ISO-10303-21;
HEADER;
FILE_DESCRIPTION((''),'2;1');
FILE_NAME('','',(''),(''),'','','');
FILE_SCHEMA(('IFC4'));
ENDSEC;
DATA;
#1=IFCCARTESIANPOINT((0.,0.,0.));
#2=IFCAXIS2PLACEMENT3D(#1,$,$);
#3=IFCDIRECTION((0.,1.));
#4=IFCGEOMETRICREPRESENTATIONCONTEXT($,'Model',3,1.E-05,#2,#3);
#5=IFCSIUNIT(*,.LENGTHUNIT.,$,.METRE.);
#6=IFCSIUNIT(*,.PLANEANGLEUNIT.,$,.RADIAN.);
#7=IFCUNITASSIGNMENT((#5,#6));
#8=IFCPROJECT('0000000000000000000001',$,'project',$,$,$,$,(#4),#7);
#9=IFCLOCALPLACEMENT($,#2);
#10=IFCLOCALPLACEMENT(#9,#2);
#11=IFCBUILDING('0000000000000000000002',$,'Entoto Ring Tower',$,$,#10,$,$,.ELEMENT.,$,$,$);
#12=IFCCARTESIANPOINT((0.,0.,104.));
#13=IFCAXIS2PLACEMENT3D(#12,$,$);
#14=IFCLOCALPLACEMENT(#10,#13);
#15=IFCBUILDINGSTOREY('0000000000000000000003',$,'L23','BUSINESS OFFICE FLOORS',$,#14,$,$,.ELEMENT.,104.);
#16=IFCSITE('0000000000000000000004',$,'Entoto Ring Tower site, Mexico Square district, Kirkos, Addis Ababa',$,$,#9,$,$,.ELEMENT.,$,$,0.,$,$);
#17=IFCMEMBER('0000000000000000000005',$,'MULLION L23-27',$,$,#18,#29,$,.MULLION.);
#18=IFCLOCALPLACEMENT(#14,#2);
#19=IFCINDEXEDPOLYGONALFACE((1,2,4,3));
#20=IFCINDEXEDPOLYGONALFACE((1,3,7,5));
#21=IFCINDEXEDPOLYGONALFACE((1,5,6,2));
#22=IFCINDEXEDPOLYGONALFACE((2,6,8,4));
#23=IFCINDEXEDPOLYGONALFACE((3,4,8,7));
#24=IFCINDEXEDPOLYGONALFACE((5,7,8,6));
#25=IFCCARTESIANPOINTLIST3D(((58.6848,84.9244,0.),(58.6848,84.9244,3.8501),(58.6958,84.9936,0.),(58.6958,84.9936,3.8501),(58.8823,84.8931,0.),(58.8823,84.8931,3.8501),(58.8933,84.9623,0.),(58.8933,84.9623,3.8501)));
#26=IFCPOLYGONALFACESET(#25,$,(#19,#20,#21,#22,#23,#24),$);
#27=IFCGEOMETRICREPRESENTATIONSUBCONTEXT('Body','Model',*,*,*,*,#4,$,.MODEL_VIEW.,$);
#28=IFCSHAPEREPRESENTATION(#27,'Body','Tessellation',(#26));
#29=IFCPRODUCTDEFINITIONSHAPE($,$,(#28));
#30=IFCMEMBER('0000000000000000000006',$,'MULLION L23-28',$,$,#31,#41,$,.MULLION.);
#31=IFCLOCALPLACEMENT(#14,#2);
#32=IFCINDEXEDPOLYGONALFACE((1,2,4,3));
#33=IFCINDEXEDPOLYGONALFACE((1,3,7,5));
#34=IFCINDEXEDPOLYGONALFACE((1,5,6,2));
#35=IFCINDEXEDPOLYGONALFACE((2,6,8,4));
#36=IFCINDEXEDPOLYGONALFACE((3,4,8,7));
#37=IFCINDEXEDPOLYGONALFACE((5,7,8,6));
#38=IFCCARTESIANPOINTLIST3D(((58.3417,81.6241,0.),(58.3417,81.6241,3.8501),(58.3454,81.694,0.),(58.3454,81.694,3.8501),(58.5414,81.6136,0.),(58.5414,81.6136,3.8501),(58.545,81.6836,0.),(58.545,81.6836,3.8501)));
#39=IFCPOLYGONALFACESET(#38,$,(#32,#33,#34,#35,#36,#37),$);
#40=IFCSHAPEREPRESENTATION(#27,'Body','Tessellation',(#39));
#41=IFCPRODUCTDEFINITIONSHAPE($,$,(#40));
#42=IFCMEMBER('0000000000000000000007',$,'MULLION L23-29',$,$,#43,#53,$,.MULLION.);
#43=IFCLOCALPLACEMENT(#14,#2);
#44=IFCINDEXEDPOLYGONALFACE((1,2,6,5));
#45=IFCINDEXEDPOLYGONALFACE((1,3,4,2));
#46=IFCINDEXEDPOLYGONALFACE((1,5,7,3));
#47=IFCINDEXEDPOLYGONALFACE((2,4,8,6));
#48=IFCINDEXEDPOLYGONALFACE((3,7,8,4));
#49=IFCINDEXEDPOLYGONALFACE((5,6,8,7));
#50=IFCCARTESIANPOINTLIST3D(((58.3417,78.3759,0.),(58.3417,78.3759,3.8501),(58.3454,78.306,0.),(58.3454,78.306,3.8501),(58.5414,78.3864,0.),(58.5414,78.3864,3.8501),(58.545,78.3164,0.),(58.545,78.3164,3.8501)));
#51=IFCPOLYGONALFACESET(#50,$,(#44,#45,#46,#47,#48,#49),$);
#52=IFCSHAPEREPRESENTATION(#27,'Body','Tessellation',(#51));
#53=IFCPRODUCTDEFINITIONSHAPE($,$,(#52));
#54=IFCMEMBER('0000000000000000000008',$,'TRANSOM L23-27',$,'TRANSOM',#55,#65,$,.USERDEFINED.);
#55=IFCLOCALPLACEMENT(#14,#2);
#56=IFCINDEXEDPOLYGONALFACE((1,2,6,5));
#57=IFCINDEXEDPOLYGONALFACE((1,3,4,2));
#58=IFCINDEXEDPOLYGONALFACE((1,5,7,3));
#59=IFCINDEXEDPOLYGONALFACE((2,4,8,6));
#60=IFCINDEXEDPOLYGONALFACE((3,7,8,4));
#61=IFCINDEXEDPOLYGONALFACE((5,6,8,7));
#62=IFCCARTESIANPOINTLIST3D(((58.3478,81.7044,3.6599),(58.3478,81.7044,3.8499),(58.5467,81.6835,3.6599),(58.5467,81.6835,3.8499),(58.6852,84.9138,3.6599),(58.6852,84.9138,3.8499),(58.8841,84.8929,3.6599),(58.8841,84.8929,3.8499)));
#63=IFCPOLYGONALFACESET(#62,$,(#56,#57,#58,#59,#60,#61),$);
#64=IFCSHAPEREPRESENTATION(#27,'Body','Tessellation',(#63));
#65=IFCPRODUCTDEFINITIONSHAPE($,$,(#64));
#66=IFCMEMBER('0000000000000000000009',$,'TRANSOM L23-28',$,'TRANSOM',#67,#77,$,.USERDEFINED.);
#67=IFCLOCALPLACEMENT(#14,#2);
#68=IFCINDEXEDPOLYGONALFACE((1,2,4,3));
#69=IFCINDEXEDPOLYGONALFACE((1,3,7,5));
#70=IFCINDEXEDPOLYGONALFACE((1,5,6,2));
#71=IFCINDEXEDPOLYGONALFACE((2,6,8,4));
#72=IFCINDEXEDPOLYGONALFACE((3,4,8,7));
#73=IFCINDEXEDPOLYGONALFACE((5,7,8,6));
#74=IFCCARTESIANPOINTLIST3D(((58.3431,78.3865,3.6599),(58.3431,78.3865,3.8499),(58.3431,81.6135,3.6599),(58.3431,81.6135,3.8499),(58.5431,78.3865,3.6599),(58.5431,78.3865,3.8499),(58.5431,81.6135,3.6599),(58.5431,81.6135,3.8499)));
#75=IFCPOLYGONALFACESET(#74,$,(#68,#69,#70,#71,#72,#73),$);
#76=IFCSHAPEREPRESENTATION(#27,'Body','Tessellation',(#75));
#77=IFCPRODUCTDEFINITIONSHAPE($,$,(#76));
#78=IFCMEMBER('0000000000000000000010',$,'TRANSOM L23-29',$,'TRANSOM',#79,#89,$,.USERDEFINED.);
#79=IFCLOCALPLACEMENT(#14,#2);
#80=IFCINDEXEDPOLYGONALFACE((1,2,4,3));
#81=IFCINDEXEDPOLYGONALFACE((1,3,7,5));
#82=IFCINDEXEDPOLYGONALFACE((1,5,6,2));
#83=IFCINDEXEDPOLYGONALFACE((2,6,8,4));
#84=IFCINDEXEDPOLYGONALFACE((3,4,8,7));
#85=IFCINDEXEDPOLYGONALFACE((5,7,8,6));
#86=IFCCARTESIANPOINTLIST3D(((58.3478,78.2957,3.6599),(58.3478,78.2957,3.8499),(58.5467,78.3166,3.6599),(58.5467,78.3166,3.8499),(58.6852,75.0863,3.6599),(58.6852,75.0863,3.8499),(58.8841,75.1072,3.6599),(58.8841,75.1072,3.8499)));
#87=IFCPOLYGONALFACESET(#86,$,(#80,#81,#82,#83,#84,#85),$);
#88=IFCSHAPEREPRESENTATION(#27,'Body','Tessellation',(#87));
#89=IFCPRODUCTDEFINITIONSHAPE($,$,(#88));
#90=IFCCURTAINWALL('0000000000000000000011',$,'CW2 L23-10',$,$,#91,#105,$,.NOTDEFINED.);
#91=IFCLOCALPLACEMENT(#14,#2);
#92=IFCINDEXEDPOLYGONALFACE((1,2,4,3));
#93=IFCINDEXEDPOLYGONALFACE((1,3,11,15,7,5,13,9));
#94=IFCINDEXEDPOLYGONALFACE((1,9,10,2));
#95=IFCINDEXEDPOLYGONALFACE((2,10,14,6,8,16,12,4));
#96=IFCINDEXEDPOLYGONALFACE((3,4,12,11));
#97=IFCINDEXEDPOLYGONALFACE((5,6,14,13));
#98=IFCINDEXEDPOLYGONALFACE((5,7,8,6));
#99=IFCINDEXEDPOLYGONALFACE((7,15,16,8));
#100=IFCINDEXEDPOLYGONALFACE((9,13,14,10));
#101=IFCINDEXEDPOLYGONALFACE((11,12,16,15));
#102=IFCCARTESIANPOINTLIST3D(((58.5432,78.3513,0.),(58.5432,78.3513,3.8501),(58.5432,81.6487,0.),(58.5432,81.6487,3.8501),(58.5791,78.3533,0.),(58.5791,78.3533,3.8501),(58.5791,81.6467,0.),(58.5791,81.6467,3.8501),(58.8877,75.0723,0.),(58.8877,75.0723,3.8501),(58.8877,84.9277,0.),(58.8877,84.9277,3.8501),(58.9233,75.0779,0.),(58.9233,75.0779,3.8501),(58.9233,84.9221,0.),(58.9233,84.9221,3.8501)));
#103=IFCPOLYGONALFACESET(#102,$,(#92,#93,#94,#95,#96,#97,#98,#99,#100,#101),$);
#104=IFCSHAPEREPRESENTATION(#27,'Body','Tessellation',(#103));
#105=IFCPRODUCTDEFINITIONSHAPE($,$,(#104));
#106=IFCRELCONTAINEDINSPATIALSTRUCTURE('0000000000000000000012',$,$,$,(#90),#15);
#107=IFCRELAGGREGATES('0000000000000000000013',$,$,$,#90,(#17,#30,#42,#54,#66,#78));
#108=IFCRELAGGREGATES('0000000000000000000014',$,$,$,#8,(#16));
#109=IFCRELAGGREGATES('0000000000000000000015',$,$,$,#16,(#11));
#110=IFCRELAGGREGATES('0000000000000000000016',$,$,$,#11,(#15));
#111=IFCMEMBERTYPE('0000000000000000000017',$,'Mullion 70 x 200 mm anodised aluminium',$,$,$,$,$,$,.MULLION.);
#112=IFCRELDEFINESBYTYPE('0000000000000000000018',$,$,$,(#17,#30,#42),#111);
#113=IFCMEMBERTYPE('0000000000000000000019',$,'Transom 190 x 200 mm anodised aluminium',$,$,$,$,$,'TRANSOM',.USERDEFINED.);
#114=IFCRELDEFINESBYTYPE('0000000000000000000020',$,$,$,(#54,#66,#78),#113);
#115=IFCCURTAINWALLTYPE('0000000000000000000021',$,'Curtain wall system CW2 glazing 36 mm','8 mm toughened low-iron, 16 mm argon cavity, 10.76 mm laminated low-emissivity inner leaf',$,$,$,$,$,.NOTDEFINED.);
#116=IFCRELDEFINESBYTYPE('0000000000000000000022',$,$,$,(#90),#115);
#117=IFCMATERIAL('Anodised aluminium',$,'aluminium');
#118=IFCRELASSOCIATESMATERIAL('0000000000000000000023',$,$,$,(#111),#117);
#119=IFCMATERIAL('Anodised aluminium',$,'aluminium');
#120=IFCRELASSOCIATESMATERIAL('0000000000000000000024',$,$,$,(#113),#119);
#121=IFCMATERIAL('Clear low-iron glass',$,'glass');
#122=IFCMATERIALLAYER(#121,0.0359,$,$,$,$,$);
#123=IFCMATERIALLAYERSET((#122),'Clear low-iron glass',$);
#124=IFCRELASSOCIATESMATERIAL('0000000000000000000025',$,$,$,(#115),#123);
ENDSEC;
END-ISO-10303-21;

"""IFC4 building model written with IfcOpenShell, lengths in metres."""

from ifc_helpers import new_model, si_unit, direction, frame, origin, origin_2d, place, context, subcontext, project, spatial, polyline, rectangle, outline, extrude, material, layer, layer_set, material_profile, profile_set, type_object, element, aggregate, save


model = new_model("IFC4")

# Units and contexts
model_context = context("Model", 3, precision=1e-05, world=origin(), true_north=direction((0.0, 1.0)))
body_context = subcontext(model_context, "Body", "Model", "MODEL_VIEW")
ifc_project = project(units=[si_unit("LENGTHUNIT", "METRE"), si_unit("PLANEANGLEUNIT", "RADIAN")], contexts=[model_context])

# Members
ifc_material_1 = material(Name="Anodised aluminium", Category="aluminium")
ifc_material_profile_1 = material_profile(ifc_material_1, rectangle(XDim=0.0701, YDim=0.2, at=origin_2d()), Name="Mullion 70 x 200 mm anodised aluminium")
ifc_profile_set_1 = profile_set([ifc_material_profile_1], Name="Anodised aluminium")
member_type_1 = type_object("IfcMemberType", Name="Mullion 70 x 200 mm anodised aluminium", PredefinedType="MULLION", material=ifc_profile_set_1)
site_placement = place(None, origin())
building_placement = place(site_placement, origin())
storey_placement = place(building_placement, frame((0.0, 0.0, 104.0)))
member_1_placement = place(storey_placement, frame((58.7891, 84.9434, 0.0), z_axis=(0.0, 0.0, 1.0), x_axis=(-0.156434, -0.987688, 0.0)))
member_1 = element("IfcMember", 1, at=member_1_placement, type_object=member_type_1, Name="MULLION L23-27", PredefinedType="MULLION", context=body_context, shape_type="SweptSolid", body=[
    extrude(rectangle(XDim=0.0701, YDim=0.2, at=origin_2d()), origin(), (0.0, 0.0, 1.0), 3.8501),
])
member_2_placement = place(storey_placement, frame((58.4434, 81.6538, 0.0), z_axis=(0.0, 0.0, 1.0), x_axis=(-0.052336, -0.99863, 0.0)))
member_2 = element("IfcMember", 2, at=member_2_placement, type_object=member_type_1, Name="MULLION L23-28", PredefinedType="MULLION", context=body_context, shape_type="SweptSolid", body=[
    extrude(rectangle(XDim=0.0701, YDim=0.2, at=origin_2d()), origin(), (0.0, 0.0, 1.0), 3.8501),
])
member_3_placement = place(storey_placement, frame((58.4434, 78.3462, 0.0), z_axis=(0.0, 0.0, 1.0), x_axis=(0.052336, -0.99863, 0.0)))
member_3 = element("IfcMember", 3, at=member_3_placement, type_object=member_type_1, Name="MULLION L23-29", PredefinedType="MULLION", context=body_context, shape_type="SweptSolid", body=[
    extrude(rectangle(XDim=0.0701, YDim=0.2, at=origin_2d()), origin(), (0.0, 0.0, 1.0), 3.8501),
])
ifc_material_2 = material(Name="Anodised aluminium", Category="aluminium")
ifc_material_profile_2 = material_profile(ifc_material_2, rectangle(XDim=0.2, YDim=0.1899, at=origin_2d()), Name="Transom 190 x 200 mm anodised aluminium")
ifc_profile_set_2 = profile_set([ifc_material_profile_2], Name="Anodised aluminium")
member_type_2 = type_object("IfcMemberType", Name="Transom 190 x 200 mm anodised aluminium", ElementType="TRANSOM", PredefinedType="USERDEFINED", material=ifc_profile_set_2)
member_4_placement = place(storey_placement, frame((58.7847, 84.9033, 3.7549), z_axis=(-0.104551, -0.99452, 0.0), x_axis=(0.99452, -0.104551, 0.0)))
member_4 = element("IfcMember", 4, at=member_4_placement, type_object=member_type_2, Name="TRANSOM L23-27", ObjectType="TRANSOM", PredefinedType="USERDEFINED", context=body_context, shape_type="SweptSolid", body=[
    extrude(rectangle(XDim=0.2, YDim=0.1899, at=origin_2d()), origin(), (0.0, 0.0, 1.0), 3.2271),
])
member_5_placement = place(storey_placement, frame((58.4431, 81.6135, 3.7549), z_axis=(0.0, -1.0, 0.0), x_axis=(1.0, 0.0, 0.0)))
member_5 = element("IfcMember", 5, at=member_5_placement, type_object=member_type_2, Name="TRANSOM L23-28", ObjectType="TRANSOM", PredefinedType="USERDEFINED", context=body_context, shape_type="SweptSolid", body=[
    extrude(rectangle(XDim=0.2, YDim=0.1899, at=origin_2d()), origin(), (0.0, 0.0, 1.0), 3.2271),
])
member_6_placement = place(storey_placement, frame((58.4473, 78.3062, 3.7549), z_axis=(0.104551, -0.99452, 0.0), x_axis=(0.99452, 0.104551, 0.0)))
member_6 = element("IfcMember", 6, at=member_6_placement, type_object=member_type_2, Name="TRANSOM L23-29", ObjectType="TRANSOM", PredefinedType="USERDEFINED", context=body_context, shape_type="SweptSolid", body=[
    extrude(rectangle(XDim=0.2, YDim=0.1899, at=origin_2d()), origin(), (0.0, 0.0, 1.0), 3.2271),
])

# Site, building, storey
site = spatial("IfcSite", under=ifc_project, at=site_placement, Name="Entoto Ring Tower site, Mexico Square district, Kirkos, Addis Ababa", CompositionType="ELEMENT", RefElevation=0.0)
building = spatial("IfcBuilding", under=site, at=building_placement, Name="Entoto Ring Tower", CompositionType="ELEMENT")
storey = spatial("IfcBuildingStorey", under=building, at=storey_placement, Name="L23", Description="BUSINESS OFFICE FLOORS", CompositionType="ELEMENT", Elevation=104.0)

# Curtain wall
ifc_material_3 = material(Name="Clear low-iron glass", Category="glass")
ifc_layer = layer(ifc_material_3, 0.0359)
ifc_layer_set = layer_set([ifc_layer], Name="Clear low-iron glass")
curtain_wall_type = type_object("IfcCurtainWallType", Name="Curtain wall system CW2 glazing 36 mm", Description="8 mm toughened low-iron, 16 mm argon cavity, 10.76 mm laminated low-emissivity inner leaf", PredefinedType="NOTDEFINED", material=ifc_layer_set)
curtain_wall_1_placement = place(storey_placement, origin())
curtain_wall_1 = element("IfcCurtainWall", 7, at=curtain_wall_1_placement, inside=storey, type_object=curtain_wall_type, Name="CW2 L23-10", PredefinedType="NOTDEFINED", context=body_context, shape_type="SweptSolid", body=[
    extrude(outline(polyline([(58.8877, 84.9277), (58.5432, 81.6487), (58.5432, 78.3513), (58.8877, 75.0723), (58.9233, 75.0779), (58.5791, 78.3533), (58.5791, 81.6467), (58.9233, 84.9221), (58.8877, 84.9277)])), origin(), (0.0, 0.0, 1.0), 3.8501),
])
aggregate(curtain_wall_1, [member_1, member_2, member_3, member_4, member_5, member_6])

save(model, "model.ifc")
